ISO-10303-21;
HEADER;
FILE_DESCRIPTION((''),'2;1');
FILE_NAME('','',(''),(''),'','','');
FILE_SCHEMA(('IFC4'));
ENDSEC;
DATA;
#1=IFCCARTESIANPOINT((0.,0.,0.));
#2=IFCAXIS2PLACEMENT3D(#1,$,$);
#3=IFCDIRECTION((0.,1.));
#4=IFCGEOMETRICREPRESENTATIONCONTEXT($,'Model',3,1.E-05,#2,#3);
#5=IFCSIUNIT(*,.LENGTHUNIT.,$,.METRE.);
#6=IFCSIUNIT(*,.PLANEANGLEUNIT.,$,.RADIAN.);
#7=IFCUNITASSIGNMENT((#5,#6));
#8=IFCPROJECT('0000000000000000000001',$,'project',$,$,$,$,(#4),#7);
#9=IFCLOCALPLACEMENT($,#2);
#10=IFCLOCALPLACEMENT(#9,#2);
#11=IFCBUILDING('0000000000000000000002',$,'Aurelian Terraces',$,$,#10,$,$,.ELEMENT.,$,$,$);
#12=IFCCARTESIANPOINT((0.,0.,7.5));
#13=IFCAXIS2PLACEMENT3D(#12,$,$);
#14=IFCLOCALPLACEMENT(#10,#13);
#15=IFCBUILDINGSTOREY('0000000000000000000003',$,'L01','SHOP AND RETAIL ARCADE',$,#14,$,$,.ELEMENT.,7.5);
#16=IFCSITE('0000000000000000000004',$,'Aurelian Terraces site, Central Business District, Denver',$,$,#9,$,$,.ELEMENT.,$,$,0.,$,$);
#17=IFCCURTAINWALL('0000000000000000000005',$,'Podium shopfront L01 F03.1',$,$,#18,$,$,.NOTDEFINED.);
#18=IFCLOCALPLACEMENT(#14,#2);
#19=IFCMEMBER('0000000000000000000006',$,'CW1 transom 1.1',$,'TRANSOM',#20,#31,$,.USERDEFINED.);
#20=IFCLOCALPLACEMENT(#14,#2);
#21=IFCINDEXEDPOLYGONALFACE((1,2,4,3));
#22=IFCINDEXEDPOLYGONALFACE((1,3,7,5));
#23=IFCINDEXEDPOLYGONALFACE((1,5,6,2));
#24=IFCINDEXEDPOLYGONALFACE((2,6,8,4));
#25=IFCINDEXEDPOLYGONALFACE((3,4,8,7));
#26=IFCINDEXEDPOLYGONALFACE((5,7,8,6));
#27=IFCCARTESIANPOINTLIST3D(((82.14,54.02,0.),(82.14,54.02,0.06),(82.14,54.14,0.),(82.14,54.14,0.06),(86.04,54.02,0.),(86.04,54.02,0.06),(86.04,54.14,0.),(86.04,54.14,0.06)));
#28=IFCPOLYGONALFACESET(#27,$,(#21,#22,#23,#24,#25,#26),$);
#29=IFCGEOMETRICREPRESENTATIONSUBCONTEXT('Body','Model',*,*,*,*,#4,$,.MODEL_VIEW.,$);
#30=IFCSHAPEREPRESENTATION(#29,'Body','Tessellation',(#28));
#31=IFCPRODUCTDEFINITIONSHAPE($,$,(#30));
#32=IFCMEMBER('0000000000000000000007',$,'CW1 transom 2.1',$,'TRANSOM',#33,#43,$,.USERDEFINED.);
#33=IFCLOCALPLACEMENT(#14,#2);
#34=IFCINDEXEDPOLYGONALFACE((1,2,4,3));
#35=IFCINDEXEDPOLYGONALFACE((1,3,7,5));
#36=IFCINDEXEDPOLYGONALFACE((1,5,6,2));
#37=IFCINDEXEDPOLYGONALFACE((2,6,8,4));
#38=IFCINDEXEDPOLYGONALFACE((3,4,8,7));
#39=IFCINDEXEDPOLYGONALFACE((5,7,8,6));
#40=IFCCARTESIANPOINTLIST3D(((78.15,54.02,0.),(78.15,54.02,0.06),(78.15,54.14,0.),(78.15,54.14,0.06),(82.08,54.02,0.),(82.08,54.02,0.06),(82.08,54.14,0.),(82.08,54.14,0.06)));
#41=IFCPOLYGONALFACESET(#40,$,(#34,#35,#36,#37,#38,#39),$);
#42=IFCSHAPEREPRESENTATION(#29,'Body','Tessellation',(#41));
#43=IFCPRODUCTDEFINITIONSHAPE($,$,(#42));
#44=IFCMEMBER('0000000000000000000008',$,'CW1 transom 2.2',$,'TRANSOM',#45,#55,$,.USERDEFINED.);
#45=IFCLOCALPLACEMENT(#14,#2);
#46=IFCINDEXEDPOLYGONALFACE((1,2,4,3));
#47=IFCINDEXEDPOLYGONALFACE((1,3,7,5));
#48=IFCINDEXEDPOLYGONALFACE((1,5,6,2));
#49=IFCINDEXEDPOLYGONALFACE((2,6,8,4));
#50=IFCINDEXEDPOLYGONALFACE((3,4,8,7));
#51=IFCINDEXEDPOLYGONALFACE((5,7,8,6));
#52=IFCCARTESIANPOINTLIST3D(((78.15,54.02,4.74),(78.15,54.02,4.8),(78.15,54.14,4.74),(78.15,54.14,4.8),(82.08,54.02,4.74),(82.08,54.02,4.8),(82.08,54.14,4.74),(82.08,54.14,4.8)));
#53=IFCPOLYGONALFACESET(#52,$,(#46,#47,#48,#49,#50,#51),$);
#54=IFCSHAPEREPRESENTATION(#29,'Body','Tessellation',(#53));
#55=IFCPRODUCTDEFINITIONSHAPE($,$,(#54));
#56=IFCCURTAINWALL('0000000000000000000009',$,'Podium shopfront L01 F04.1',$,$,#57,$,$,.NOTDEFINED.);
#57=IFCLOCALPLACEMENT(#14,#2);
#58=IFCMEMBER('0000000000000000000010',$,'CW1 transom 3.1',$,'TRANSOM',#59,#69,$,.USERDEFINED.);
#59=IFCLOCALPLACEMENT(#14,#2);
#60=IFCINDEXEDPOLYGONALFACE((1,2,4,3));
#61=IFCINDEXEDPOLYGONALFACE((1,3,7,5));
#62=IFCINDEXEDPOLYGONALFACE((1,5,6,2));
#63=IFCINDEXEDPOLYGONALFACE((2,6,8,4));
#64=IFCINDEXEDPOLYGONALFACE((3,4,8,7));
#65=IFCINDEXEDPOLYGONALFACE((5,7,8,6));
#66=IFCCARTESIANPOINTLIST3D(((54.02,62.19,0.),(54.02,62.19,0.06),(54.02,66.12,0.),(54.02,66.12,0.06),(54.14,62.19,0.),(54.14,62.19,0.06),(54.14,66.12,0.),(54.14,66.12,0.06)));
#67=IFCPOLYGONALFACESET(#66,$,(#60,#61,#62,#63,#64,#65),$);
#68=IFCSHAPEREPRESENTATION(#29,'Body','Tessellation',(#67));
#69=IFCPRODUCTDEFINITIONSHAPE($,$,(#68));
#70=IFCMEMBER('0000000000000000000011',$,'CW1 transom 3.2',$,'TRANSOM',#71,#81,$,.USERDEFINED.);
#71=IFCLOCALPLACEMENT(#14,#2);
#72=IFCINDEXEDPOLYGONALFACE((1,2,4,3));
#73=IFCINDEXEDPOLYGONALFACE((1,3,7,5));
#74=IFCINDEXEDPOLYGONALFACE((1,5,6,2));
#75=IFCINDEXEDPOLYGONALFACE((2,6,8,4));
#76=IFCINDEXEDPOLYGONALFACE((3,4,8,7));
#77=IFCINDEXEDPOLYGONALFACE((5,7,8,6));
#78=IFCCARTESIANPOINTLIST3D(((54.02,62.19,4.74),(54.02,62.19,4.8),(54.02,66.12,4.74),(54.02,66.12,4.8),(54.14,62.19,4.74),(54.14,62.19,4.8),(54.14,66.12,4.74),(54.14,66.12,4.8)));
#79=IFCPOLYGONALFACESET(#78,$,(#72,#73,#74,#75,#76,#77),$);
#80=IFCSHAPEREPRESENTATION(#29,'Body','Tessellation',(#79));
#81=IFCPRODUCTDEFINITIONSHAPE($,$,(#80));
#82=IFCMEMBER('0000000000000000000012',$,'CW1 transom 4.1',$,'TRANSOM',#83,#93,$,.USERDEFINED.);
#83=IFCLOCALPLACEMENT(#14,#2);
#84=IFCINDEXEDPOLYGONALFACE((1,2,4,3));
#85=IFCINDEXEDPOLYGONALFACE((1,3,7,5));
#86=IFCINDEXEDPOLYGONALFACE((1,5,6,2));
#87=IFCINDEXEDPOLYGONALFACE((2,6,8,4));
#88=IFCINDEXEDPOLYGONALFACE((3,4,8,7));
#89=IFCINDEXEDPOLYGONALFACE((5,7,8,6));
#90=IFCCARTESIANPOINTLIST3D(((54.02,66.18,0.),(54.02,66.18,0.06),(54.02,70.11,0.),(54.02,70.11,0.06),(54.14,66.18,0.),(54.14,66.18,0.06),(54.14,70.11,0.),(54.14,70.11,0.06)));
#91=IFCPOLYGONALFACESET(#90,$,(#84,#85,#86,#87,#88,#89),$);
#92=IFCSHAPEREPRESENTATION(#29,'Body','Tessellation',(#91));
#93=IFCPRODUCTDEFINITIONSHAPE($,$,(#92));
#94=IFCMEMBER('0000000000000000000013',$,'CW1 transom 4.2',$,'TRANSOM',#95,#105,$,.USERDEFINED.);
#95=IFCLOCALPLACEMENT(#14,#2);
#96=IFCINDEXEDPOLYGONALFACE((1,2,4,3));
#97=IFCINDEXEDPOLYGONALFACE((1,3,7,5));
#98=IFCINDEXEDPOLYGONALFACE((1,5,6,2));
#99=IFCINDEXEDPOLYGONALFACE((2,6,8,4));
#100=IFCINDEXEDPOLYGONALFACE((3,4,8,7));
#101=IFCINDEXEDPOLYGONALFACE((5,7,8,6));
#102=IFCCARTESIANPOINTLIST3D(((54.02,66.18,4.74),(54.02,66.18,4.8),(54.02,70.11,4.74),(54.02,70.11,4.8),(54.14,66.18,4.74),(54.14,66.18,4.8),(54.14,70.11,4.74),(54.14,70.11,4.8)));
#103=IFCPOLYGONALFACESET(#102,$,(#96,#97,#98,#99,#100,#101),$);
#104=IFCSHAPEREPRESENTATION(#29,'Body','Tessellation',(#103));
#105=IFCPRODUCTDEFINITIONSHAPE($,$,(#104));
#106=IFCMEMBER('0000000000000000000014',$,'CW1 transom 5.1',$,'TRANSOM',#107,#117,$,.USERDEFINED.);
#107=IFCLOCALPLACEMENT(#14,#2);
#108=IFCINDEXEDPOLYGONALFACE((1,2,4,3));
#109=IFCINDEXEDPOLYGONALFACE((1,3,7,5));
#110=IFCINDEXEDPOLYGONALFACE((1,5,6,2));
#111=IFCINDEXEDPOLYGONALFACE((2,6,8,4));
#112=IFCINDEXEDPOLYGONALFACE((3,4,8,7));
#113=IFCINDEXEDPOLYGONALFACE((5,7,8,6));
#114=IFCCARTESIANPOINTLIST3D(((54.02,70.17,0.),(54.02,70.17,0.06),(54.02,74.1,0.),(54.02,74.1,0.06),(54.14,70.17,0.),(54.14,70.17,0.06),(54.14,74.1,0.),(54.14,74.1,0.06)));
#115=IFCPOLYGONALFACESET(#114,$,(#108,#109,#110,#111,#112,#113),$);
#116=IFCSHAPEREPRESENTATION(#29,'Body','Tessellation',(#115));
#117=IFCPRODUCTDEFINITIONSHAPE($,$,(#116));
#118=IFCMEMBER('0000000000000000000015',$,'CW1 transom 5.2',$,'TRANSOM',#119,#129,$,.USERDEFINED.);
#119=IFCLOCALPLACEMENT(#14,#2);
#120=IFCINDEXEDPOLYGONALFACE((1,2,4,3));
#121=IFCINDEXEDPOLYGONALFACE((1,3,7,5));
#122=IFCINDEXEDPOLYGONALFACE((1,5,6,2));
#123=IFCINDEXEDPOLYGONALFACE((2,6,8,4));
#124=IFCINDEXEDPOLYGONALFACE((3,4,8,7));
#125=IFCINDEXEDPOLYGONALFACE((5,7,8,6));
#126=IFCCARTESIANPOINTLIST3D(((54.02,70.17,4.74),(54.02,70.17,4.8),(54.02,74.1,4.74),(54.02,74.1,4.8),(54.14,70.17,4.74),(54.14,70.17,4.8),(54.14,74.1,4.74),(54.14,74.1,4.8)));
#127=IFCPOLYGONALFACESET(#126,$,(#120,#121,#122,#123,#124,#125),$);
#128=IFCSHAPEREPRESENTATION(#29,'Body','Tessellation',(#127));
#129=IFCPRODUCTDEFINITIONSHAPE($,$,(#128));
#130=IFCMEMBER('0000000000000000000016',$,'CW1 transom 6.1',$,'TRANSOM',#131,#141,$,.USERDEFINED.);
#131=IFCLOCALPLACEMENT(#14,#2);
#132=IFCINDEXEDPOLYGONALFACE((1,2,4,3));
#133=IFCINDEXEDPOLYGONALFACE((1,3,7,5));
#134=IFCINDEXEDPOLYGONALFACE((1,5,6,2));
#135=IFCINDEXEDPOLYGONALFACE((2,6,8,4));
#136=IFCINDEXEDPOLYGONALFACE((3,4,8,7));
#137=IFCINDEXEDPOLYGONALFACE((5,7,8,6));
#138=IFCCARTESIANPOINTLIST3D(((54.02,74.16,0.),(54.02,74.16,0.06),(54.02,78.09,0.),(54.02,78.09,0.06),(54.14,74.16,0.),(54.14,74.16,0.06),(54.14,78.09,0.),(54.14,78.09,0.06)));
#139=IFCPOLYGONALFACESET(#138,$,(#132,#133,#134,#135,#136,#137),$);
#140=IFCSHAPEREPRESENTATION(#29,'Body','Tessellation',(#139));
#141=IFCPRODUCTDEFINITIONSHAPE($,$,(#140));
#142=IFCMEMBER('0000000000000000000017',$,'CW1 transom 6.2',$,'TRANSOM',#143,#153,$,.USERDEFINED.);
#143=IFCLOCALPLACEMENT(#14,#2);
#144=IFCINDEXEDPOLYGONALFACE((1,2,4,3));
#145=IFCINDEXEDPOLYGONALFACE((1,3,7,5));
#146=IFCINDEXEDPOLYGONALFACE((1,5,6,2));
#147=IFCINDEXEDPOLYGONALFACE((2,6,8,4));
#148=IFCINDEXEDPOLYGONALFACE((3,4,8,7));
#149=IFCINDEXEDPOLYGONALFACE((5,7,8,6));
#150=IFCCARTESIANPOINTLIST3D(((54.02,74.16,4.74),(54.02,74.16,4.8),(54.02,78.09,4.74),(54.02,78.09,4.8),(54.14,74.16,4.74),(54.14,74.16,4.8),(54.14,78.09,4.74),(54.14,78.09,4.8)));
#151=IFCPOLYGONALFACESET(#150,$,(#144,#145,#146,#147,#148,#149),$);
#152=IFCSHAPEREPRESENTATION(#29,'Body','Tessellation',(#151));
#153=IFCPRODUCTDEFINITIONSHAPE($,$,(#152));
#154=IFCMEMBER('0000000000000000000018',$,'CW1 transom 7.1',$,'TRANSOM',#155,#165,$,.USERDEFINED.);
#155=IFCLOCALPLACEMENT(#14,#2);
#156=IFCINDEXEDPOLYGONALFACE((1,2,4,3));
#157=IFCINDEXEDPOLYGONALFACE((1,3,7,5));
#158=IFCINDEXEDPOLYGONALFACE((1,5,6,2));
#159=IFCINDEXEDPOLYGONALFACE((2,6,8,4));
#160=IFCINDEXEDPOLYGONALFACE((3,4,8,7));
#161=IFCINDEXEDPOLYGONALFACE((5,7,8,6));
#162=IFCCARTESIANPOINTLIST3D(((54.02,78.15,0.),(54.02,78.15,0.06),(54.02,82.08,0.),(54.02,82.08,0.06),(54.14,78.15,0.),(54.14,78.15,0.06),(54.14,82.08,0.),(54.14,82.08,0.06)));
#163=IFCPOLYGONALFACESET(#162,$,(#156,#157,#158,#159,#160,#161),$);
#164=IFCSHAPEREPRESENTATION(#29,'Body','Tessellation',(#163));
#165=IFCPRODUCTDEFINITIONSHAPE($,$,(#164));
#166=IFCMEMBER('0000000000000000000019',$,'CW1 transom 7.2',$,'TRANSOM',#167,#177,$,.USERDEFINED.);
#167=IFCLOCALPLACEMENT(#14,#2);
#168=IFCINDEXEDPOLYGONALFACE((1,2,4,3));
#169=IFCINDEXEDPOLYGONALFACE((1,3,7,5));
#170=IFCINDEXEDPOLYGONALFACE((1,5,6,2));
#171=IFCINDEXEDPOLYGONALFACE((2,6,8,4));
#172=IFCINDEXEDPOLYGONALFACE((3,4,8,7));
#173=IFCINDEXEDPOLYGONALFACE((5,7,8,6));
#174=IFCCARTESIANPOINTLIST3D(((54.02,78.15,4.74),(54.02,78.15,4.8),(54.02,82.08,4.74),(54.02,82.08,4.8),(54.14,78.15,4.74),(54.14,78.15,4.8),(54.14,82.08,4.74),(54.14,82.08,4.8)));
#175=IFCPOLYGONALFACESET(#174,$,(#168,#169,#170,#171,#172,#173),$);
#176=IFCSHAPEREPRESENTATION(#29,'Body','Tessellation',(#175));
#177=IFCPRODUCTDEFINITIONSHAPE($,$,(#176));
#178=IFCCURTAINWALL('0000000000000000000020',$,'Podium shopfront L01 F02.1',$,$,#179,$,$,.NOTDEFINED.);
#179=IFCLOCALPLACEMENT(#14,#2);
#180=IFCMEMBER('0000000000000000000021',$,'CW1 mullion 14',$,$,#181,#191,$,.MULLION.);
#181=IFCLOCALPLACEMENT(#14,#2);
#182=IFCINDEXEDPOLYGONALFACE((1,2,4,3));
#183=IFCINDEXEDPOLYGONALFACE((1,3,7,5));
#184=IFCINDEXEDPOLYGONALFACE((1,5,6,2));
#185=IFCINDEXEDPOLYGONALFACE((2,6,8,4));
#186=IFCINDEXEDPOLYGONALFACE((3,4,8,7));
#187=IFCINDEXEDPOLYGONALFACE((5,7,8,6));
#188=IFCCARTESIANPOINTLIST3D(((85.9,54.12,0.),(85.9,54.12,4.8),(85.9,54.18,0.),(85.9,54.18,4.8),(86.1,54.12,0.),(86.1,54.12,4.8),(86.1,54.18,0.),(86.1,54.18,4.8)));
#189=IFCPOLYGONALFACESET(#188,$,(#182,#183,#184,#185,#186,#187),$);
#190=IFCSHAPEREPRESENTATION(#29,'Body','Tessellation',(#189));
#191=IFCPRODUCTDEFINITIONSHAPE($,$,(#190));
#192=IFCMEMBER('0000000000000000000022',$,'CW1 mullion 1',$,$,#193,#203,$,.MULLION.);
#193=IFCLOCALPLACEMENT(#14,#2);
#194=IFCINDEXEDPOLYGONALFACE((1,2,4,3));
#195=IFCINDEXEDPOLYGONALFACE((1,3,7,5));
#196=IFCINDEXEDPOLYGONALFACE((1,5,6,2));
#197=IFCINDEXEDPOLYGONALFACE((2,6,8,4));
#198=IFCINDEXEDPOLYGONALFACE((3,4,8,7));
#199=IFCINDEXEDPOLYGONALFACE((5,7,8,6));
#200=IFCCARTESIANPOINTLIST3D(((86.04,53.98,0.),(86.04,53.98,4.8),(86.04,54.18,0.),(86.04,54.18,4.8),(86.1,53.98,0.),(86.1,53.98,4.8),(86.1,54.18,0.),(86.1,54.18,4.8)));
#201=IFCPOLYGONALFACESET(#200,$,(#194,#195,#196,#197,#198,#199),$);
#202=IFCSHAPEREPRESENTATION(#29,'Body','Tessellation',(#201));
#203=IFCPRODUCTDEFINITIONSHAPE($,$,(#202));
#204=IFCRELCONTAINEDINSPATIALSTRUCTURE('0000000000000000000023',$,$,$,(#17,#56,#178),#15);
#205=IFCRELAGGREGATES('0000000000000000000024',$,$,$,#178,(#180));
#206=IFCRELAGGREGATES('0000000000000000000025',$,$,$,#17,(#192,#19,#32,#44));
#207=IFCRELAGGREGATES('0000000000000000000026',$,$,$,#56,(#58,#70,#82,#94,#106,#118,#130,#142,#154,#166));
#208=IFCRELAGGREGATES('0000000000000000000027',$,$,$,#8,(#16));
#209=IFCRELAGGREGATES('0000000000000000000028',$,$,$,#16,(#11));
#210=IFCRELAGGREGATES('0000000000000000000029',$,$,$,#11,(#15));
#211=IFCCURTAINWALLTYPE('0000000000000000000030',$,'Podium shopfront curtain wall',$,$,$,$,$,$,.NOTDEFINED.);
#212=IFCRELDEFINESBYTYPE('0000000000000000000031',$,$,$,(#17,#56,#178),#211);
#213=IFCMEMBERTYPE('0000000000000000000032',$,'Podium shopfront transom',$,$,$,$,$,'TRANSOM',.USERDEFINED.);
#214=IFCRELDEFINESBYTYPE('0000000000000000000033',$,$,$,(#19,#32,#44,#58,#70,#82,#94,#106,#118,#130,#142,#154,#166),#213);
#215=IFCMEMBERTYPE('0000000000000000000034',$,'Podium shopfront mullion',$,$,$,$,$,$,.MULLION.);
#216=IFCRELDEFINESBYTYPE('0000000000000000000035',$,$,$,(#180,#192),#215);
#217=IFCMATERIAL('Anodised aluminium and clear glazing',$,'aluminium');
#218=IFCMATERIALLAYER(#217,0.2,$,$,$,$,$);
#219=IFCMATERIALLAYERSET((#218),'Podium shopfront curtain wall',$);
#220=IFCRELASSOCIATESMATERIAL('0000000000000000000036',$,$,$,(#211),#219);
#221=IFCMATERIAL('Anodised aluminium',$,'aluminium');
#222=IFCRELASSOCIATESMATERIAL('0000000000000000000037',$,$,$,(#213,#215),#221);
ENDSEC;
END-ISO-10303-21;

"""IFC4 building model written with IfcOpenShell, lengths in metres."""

from ifc_helpers import new_model, si_unit, direction, frame, origin, origin_2d, place, context, subcontext, project, spatial, rectangle, extrude, source, transform, mapped, material, layer, layer_set, material_profile, profile_set, type_object, element, aggregate, save


model = new_model("IFC4")

# Units and contexts
model_context = context("Model", 3, precision=1e-05, world=origin(), true_north=direction((0.0, 1.0)))
body_context = subcontext(model_context, "Body", "Model", "MODEL_VIEW")
ifc_project = project(units=[si_unit("LENGTHUNIT", "METRE"), si_unit("PLANEANGLEUNIT", "RADIAN")], contexts=[model_context])

# Site, building, storey
site_placement = place(None, origin())
site = spatial("IfcSite", under=ifc_project, at=site_placement, Name="Aurelian Terraces site, Central Business District, Denver", CompositionType="ELEMENT", RefElevation=0.0)
building_placement = place(site_placement, origin())
building = spatial("IfcBuilding", under=site, at=building_placement, Name="Aurelian Terraces", CompositionType="ELEMENT")
storey_placement = place(building_placement, frame((0.0, 0.0, 7.5)))
storey = spatial("IfcBuildingStorey", under=building, at=storey_placement, Name="L01", Description="SHOP AND RETAIL ARCADE", CompositionType="ELEMENT", Elevation=7.5)

# Curtain walls, members
ifc_material_1 = material(Name="Anodised aluminium and clear glazing", Category="aluminium")
ifc_layer_1 = layer(ifc_material_1, 0.2)
ifc_layer_set_1 = layer_set([ifc_layer_1], Name="Podium shopfront curtain wall")
curtain_wall_type = type_object("IfcCurtainWallType", Name="Podium shopfront curtain wall", PredefinedType="NOTDEFINED", material=ifc_layer_set_1)
curtain_wall_1_placement = place(storey_placement, origin())
curtain_wall_1 = element("IfcCurtainWall", 1, at=curtain_wall_1_placement, inside=storey, type_object=curtain_wall_type, Name="Podium shopfront L01 F03.1", PredefinedType="NOTDEFINED")
ifc_material_2 = material(Name="Anodised aluminium", Category="aluminium")
ifc_material_profile_1 = material_profile(ifc_material_2, rectangle(XDim=0.12, YDim=0.06, at=origin_2d()))
ifc_profile_set_1 = profile_set([ifc_material_profile_1], Name="Anodised aluminium")
member_type_1 = type_object("IfcMemberType", Name="Podium shopfront transom", ElementType="TRANSOM", PredefinedType="USERDEFINED", material=ifc_profile_set_1)
member_1_placement = place(storey_placement, frame((86.04, 54.08, 0.03), z_axis=(-1.0, 0.0, 0.0), x_axis=(0.0, -1.0, 0.0)))
member_1 = element("IfcMember", 2, at=member_1_placement, type_object=member_type_1, Name="CW1 transom 1.1", ObjectType="TRANSOM", PredefinedType="USERDEFINED", context=body_context, shape_type="SweptSolid", body=[
    extrude(rectangle(XDim=0.12, YDim=0.06, at=origin_2d()), origin(), (0.0, 0.0, 1.0), 3.9),
])
shared_shape_1 = source(origin(), body_context, "Body", "SweptSolid", [
    extrude(rectangle(XDim=0.12, YDim=0.06, at=origin_2d()), origin(), (0.0, 0.0, 1.0), 3.93),
])
member_2_placement = place(storey_placement, frame((82.08, 54.08, 0.03), z_axis=(-1.0, 0.0, 0.0), x_axis=(0.0, -1.0, 0.0)))
member_2 = element("IfcMember", 3, at=member_2_placement, type_object=member_type_1, Name="CW1 transom 2.1", ObjectType="TRANSOM", PredefinedType="USERDEFINED", context=body_context, shape_type="MappedRepresentation", body=[
    mapped(shared_shape_1, transform((0.0, 0.0, 0.0), scale=1.0)),
])
member_3_placement = place(storey_placement, frame((82.08, 54.08, 4.77), z_axis=(-1.0, 0.0, 0.0), x_axis=(0.0, -1.0, 0.0)))
member_3 = element("IfcMember", 4, at=member_3_placement, type_object=member_type_1, Name="CW1 transom 2.2", ObjectType="TRANSOM", PredefinedType="USERDEFINED", context=body_context, shape_type="MappedRepresentation", body=[
    mapped(shared_shape_1, transform((0.0, 0.0, 0.0), scale=1.0)),
])
curtain_wall_2_placement = place(storey_placement, origin())
curtain_wall_2 = element("IfcCurtainWall", 5, at=curtain_wall_2_placement, inside=storey, type_object=curtain_wall_type, Name="Podium shopfront L01 F04.1", PredefinedType="NOTDEFINED")
member_4_placement = place(storey_placement, frame((54.08, 62.19, 0.03), z_axis=(0.0, 1.0, 0.0), x_axis=(-1.0, 0.0, 0.0)))
member_4 = element("IfcMember", 6, at=member_4_placement, type_object=member_type_1, Name="CW1 transom 3.1", ObjectType="TRANSOM", PredefinedType="USERDEFINED", context=body_context, shape_type="MappedRepresentation", body=[
    mapped(shared_shape_1, transform((0.0, 0.0, 0.0), scale=1.0)),
])
member_5_placement = place(storey_placement, frame((54.08, 62.19, 4.77), z_axis=(0.0, 1.0, 0.0), x_axis=(-1.0, 0.0, 0.0)))
member_5 = element("IfcMember", 7, at=member_5_placement, type_object=member_type_1, Name="CW1 transom 3.2", ObjectType="TRANSOM", PredefinedType="USERDEFINED", context=body_context, shape_type="MappedRepresentation", body=[
    mapped(shared_shape_1, transform((0.0, 0.0, 0.0), scale=1.0)),
])
member_6_placement = place(storey_placement, frame((54.08, 66.18, 0.03), z_axis=(0.0, 1.0, 0.0), x_axis=(-1.0, 0.0, 0.0)))
member_6 = element("IfcMember", 8, at=member_6_placement, type_object=member_type_1, Name="CW1 transom 4.1", ObjectType="TRANSOM", PredefinedType="USERDEFINED", context=body_context, shape_type="MappedRepresentation", body=[
    mapped(shared_shape_1, transform((0.0, 0.0, 0.0), scale=1.0)),
])
member_7_placement = place(storey_placement, frame((54.08, 66.18, 4.77), z_axis=(0.0, 1.0, 0.0), x_axis=(-1.0, 0.0, 0.0)))
member_7 = element("IfcMember", 9, at=member_7_placement, type_object=member_type_1, Name="CW1 transom 4.2", ObjectType="TRANSOM", PredefinedType="USERDEFINED", context=body_context, shape_type="MappedRepresentation", body=[
    mapped(shared_shape_1, transform((0.0, 0.0, 0.0), scale=1.0)),
])
member_8_placement = place(storey_placement, frame((54.08, 70.17, 0.03), z_axis=(0.0, 1.0, 0.0), x_axis=(-1.0, 0.0, 0.0)))
member_8 = element("IfcMember", 10, at=member_8_placement, type_object=member_type_1, Name="CW1 transom 5.1", ObjectType="TRANSOM", PredefinedType="USERDEFINED", context=body_context, shape_type="MappedRepresentation", body=[
    mapped(shared_shape_1, transform((0.0, 0.0, 0.0), scale=1.0)),
])
member_9_placement = place(storey_placement, frame((54.08, 70.17, 4.77), z_axis=(0.0, 1.0, 0.0), x_axis=(-1.0, 0.0, 0.0)))
member_9 = element("IfcMember", 11, at=member_9_placement, type_object=member_type_1, Name="CW1 transom 5.2", ObjectType="TRANSOM", PredefinedType="USERDEFINED", context=body_context, shape_type="MappedRepresentation", body=[
    mapped(shared_shape_1, transform((0.0, 0.0, 0.0), scale=1.0)),
])
member_10_placement = place(storey_placement, frame((54.08, 74.16, 0.03), z_axis=(0.0, 1.0, 0.0), x_axis=(-1.0, 0.0, 0.0)))
member_10 = element("IfcMember", 12, at=member_10_placement, type_object=member_type_1, Name="CW1 transom 6.1", ObjectType="TRANSOM", PredefinedType="USERDEFINED", context=body_context, shape_type="MappedRepresentation", body=[
    mapped(shared_shape_1, transform((0.0, 0.0, 0.0), scale=1.0)),
])
member_11_placement = place(storey_placement, frame((54.08, 74.16, 4.77), z_axis=(0.0, 1.0, 0.0), x_axis=(-1.0, 0.0, 0.0)))
member_11 = element("IfcMember", 13, at=member_11_placement, type_object=member_type_1, Name="CW1 transom 6.2", ObjectType="TRANSOM", PredefinedType="USERDEFINED", context=body_context, shape_type="MappedRepresentation", body=[
    mapped(shared_shape_1, transform((0.0, 0.0, 0.0), scale=1.0)),
])
member_12_placement = place(storey_placement, frame((54.08, 78.15, 0.03), z_axis=(0.0, 1.0, 0.0), x_axis=(-1.0, 0.0, 0.0)))
member_12 = element("IfcMember", 14, at=member_12_placement, type_object=member_type_1, Name="CW1 transom 7.1", ObjectType="TRANSOM", PredefinedType="USERDEFINED", context=body_context, shape_type="MappedRepresentation", body=[
    mapped(shared_shape_1, transform((0.0, 0.0, 0.0), scale=1.0)),
])
member_13_placement = place(storey_placement, frame((54.08, 78.15, 4.77), z_axis=(0.0, 1.0, 0.0), x_axis=(-1.0, 0.0, 0.0)))
member_13 = element("IfcMember", 15, at=member_13_placement, type_object=member_type_1, Name="CW1 transom 7.2", ObjectType="TRANSOM", PredefinedType="USERDEFINED", context=body_context, shape_type="MappedRepresentation", body=[
    mapped(shared_shape_1, transform((0.0, 0.0, 0.0), scale=1.0)),
])

# Curtain wall, member
curtain_wall_3_placement = place(storey_placement, origin())
curtain_wall_3 = element("IfcCurtainWall", 16, at=curtain_wall_3_placement, inside=storey, type_object=curtain_wall_type, Name="Podium shopfront L01 F02.1", PredefinedType="NOTDEFINED")
ifc_material_profile_2 = material_profile(ifc_material_2, rectangle(XDim=0.2, YDim=0.06, at=origin_2d()))
ifc_profile_set_2 = profile_set([ifc_material_profile_2], Name="Anodised aluminium")
member_type_2 = type_object("IfcMemberType", Name="Podium shopfront mullion", PredefinedType="MULLION", material=ifc_profile_set_2)
shared_shape_2 = source(origin(), body_context, "Body", "SweptSolid", [
    extrude(rectangle(XDim=0.2, YDim=0.06, at=origin_2d()), origin(), (0.0, 0.0, 1.0), 4.8),
])
member_14_placement = place(storey_placement, frame((86.0, 54.15, 0.0), z_axis=(0.0, 0.0, 1.0), x_axis=(-1.0, 0.0, 0.0)))
member_14 = element("IfcMember", 17, at=member_14_placement, type_object=member_type_2, Name="CW1 mullion 14", PredefinedType="MULLION", context=body_context, shape_type="MappedRepresentation", body=[
    mapped(shared_shape_2, transform((0.0, 0.0, 0.0), scale=1.0)),
])
aggregate(curtain_wall_3, [member_14])

# Member
member_15_placement = place(storey_placement, frame((86.07, 54.08, 0.0), z_axis=(0.0, 0.0, 1.0), x_axis=(0.0, -1.0, 0.0)))
member_15 = element("IfcMember", 18, at=member_15_placement, type_object=member_type_2, Name="CW1 mullion 1", PredefinedType="MULLION", context=body_context, shape_type="MappedRepresentation", body=[
    mapped(shared_shape_2, transform((0.0, 0.0, 0.0), scale=1.0)),
])

aggregate(curtain_wall_1, [member_15, member_1, member_2, member_3])
aggregate(curtain_wall_2, [member_4, member_5, member_6, member_7, member_8, member_9, member_10, member_11, member_12, member_13])

save(model, "model.ifc")
